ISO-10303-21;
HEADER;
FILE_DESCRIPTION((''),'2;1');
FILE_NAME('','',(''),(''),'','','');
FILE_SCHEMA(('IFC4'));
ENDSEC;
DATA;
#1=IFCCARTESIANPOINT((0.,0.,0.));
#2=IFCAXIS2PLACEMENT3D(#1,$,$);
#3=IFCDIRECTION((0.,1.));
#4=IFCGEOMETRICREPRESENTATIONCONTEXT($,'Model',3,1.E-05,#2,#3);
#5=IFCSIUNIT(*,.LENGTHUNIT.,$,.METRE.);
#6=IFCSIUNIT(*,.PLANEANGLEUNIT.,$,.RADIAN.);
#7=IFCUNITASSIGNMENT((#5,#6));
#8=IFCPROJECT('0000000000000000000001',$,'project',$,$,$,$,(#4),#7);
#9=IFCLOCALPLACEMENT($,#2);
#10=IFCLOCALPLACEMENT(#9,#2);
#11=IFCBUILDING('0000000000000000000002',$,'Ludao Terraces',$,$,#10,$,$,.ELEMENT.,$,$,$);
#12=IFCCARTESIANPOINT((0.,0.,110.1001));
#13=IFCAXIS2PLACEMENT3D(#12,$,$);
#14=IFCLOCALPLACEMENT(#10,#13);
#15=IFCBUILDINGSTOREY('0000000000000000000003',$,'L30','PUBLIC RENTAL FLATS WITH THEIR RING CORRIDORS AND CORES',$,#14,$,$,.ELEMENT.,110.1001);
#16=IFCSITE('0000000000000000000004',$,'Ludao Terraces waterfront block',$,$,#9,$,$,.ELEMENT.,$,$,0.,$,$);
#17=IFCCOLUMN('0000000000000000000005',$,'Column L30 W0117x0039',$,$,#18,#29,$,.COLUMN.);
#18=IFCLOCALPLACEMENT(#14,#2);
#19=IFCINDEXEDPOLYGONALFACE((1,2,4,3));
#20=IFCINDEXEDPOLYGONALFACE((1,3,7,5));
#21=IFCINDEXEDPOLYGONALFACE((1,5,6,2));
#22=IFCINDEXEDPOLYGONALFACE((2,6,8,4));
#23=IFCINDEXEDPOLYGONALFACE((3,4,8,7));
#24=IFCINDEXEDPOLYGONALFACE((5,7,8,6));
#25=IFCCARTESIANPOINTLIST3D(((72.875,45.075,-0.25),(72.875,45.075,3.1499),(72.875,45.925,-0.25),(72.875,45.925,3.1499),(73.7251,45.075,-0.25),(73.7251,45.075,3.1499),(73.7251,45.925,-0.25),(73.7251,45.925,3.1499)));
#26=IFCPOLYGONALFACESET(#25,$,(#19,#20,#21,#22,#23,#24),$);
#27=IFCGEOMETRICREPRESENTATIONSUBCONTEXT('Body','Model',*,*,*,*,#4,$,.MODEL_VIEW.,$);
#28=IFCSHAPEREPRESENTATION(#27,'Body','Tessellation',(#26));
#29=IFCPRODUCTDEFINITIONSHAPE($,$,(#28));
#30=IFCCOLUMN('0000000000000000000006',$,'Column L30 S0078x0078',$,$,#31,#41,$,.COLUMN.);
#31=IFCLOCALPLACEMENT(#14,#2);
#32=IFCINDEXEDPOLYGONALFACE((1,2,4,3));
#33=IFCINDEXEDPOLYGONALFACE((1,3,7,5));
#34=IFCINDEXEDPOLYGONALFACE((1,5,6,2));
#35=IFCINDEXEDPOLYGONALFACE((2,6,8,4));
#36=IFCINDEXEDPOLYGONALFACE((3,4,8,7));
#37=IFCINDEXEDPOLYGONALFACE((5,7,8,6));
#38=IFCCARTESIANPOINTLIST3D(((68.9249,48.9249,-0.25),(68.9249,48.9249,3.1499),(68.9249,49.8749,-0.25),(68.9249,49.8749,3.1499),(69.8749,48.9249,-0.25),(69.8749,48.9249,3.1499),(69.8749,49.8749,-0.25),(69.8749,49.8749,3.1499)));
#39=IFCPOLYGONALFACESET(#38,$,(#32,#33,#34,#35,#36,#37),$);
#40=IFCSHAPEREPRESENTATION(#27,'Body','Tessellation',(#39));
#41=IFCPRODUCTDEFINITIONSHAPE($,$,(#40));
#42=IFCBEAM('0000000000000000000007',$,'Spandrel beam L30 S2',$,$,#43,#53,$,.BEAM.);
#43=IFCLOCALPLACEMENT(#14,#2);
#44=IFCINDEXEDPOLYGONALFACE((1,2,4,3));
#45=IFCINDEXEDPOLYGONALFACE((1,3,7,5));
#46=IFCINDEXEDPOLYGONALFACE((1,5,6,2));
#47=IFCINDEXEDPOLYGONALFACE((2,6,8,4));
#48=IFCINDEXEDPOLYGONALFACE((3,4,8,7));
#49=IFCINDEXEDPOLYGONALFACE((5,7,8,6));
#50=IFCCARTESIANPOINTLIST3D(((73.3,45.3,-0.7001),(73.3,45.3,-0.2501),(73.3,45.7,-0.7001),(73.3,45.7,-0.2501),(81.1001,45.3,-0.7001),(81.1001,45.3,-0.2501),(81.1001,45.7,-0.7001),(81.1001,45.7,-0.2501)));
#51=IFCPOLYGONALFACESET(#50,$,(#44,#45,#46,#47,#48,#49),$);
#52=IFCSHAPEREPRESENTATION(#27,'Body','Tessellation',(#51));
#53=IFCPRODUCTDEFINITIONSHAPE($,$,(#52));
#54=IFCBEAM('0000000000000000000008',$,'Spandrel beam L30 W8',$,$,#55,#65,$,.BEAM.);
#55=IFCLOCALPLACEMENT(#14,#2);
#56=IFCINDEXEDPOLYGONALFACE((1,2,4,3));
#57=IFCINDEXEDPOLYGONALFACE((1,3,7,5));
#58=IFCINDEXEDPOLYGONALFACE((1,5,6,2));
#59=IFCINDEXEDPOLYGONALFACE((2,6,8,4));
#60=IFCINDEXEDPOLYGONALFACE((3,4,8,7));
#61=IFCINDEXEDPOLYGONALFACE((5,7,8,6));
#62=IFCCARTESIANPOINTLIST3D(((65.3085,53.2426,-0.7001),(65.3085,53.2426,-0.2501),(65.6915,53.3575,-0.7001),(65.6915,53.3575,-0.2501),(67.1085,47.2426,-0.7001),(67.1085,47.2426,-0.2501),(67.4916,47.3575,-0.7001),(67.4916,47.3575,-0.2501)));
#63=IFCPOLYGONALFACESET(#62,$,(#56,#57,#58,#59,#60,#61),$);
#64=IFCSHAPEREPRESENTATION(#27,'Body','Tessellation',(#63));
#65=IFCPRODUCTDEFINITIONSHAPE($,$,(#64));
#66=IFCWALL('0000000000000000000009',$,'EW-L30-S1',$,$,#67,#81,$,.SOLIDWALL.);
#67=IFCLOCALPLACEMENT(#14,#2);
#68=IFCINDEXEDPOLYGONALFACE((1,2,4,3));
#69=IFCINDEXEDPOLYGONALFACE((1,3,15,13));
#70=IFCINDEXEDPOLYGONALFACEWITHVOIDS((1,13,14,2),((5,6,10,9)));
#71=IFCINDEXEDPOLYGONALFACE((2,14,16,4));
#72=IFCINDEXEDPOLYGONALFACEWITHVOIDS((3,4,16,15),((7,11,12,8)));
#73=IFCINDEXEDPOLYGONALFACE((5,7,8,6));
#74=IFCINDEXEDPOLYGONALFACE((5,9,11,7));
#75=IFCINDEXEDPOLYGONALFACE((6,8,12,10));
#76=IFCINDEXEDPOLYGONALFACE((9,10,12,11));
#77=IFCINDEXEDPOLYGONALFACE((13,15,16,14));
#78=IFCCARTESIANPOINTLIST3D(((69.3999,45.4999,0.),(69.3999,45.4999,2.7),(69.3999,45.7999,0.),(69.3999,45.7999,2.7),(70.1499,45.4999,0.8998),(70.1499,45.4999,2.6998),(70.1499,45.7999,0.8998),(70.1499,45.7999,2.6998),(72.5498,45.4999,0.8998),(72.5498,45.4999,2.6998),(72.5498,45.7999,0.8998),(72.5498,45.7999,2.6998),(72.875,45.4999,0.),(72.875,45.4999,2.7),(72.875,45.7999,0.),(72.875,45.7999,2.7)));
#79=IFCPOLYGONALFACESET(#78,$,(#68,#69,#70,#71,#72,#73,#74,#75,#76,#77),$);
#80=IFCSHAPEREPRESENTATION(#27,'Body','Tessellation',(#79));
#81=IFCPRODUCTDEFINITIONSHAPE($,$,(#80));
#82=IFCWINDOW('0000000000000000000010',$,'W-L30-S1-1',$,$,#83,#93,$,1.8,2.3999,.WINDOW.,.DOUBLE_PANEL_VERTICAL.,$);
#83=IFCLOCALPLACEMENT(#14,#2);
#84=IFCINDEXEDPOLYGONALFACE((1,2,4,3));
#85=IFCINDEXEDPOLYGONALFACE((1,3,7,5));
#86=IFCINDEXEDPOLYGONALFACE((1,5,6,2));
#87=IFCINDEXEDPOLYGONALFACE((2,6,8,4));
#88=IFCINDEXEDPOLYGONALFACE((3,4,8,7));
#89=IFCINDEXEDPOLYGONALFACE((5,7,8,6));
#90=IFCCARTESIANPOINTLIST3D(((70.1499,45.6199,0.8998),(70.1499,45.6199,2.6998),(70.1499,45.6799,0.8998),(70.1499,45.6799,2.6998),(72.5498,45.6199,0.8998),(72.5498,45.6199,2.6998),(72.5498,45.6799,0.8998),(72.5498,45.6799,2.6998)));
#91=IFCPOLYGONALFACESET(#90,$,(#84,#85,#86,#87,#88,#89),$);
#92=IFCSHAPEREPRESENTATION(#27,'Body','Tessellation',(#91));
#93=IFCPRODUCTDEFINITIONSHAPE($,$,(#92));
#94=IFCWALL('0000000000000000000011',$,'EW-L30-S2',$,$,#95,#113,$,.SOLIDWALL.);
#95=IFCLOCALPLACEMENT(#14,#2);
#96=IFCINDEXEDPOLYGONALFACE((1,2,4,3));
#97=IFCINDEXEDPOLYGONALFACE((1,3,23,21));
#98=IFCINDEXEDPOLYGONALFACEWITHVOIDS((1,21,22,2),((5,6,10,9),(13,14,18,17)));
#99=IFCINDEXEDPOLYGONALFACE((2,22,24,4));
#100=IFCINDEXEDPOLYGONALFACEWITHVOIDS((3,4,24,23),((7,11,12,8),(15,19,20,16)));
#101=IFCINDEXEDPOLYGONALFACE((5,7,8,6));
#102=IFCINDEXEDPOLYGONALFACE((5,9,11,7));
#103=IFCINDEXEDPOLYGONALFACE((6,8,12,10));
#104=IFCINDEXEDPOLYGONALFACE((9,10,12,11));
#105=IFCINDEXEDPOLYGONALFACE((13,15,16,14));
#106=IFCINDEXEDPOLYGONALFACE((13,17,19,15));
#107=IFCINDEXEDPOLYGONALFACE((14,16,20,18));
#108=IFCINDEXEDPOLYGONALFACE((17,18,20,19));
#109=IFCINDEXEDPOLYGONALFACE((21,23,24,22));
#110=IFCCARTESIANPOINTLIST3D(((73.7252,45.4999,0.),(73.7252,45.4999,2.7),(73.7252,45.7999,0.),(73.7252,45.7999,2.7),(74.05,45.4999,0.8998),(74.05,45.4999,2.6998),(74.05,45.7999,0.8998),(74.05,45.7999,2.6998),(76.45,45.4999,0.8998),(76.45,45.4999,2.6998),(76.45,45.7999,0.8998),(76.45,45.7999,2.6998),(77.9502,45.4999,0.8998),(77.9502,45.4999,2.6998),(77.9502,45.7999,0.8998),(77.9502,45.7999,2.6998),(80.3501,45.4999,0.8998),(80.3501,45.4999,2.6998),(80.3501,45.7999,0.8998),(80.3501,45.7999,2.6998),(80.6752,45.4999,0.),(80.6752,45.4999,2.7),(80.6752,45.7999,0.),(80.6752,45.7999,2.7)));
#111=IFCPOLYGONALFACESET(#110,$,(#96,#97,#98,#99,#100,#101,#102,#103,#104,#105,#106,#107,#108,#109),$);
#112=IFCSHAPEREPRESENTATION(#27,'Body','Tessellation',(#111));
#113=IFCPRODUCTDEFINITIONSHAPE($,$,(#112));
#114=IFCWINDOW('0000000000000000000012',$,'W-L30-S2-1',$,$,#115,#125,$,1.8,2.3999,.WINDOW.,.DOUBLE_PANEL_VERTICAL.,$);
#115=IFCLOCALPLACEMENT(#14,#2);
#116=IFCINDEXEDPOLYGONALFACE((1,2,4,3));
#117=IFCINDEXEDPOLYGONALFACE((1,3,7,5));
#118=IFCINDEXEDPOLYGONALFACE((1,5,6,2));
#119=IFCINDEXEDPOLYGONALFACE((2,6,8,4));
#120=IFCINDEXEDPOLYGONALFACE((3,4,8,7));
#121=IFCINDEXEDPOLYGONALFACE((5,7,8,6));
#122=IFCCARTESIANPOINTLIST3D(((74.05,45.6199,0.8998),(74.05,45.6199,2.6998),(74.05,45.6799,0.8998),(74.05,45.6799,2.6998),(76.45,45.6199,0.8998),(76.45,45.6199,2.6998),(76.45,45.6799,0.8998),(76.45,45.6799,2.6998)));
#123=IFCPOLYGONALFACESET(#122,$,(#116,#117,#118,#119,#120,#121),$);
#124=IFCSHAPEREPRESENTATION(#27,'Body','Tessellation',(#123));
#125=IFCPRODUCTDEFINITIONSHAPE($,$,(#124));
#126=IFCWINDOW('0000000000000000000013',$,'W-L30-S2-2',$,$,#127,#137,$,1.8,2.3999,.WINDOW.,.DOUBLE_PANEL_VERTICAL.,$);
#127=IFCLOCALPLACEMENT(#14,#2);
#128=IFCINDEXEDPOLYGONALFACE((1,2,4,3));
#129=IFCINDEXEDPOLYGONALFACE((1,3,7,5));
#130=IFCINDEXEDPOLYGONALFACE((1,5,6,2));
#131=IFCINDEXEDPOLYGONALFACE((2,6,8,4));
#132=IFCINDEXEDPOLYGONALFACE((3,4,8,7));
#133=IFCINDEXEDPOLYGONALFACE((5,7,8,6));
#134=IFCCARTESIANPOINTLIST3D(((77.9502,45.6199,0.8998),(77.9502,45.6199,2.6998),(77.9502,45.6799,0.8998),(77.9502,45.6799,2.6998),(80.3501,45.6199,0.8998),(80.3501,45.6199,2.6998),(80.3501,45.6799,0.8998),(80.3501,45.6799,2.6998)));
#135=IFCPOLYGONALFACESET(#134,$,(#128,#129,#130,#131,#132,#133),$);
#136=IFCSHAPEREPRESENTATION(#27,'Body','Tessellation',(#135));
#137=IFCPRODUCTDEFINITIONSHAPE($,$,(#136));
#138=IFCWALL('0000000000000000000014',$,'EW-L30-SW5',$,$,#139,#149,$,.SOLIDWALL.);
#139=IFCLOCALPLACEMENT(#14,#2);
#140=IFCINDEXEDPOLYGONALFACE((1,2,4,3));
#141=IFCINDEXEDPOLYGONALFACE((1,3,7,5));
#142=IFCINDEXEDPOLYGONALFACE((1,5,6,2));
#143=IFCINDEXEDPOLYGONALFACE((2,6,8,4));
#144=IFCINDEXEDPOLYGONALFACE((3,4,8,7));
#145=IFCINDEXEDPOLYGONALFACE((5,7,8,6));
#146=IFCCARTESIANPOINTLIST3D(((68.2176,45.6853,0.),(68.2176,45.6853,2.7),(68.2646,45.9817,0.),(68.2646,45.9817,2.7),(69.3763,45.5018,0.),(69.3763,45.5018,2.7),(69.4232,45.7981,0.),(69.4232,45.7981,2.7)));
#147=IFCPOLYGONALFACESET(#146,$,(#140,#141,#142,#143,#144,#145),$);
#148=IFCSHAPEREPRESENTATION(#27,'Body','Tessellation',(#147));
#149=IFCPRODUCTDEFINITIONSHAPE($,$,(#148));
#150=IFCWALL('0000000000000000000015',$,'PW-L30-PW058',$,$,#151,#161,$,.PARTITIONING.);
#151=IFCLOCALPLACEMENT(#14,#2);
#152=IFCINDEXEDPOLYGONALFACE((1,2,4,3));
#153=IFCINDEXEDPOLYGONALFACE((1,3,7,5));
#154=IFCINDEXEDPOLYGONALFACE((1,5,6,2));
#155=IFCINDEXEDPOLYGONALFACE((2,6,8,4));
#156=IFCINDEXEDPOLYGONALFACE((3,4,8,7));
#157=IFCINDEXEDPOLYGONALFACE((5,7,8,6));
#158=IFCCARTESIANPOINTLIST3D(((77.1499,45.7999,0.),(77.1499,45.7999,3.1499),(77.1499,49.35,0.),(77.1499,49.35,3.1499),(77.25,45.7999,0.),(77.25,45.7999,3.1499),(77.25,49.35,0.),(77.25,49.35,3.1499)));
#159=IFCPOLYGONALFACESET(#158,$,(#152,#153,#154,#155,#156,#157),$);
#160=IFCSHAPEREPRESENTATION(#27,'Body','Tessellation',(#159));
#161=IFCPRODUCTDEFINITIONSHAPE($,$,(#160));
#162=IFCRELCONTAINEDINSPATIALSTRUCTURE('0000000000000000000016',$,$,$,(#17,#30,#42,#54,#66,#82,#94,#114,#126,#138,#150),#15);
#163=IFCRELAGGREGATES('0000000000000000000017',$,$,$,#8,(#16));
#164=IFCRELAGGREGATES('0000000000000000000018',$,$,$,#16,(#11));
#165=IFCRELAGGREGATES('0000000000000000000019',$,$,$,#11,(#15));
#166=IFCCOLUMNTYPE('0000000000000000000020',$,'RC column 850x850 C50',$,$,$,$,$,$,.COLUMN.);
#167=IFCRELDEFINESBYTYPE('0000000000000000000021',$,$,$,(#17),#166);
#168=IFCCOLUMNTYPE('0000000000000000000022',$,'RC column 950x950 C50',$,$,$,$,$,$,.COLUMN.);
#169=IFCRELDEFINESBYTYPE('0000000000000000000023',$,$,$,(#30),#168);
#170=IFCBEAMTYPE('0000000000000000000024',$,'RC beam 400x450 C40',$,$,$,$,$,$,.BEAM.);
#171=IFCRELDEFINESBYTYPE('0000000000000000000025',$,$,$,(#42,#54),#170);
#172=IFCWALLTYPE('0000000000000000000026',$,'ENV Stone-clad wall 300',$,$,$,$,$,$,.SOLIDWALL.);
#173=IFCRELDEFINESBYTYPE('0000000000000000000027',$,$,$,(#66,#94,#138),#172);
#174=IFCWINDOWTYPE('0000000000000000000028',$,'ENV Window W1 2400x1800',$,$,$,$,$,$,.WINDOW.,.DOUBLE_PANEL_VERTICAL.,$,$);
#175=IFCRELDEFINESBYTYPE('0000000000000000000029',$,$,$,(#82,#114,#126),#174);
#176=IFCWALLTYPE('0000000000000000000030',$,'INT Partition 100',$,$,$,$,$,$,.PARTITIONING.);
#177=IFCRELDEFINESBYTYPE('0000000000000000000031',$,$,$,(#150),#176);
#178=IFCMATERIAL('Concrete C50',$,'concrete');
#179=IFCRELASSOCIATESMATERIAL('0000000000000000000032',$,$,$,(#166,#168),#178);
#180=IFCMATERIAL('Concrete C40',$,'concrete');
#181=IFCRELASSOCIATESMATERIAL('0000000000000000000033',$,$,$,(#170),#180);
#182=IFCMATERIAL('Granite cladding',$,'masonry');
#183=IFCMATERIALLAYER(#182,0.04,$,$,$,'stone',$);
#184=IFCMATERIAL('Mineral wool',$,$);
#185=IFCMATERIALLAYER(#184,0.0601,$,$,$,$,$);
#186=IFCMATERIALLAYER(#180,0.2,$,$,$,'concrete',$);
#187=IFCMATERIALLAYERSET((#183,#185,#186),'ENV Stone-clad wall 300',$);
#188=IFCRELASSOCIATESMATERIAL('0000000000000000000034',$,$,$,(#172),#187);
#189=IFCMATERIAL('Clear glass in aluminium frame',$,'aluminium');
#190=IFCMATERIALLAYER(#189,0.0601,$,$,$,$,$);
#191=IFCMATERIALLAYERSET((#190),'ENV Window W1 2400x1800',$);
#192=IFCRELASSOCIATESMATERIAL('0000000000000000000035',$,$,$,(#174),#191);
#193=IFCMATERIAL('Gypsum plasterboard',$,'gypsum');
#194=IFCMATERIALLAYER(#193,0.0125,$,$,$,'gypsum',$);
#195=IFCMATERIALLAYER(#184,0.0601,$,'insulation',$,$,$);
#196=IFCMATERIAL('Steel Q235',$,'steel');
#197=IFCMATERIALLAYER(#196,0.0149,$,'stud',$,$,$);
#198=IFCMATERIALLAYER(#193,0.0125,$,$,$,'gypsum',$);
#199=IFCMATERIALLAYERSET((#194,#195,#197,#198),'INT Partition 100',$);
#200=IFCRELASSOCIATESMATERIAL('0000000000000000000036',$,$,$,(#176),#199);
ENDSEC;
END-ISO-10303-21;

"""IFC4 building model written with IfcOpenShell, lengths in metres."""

from ifc_helpers import new_model, si_unit, direction, frame, frame_2d, origin, origin_2d, place, context, subcontext, project, spatial, rectangle, extrude, material, layer, layer_set, material_profile, profile_set, type_object, element, fill, save


model = new_model("IFC4")

# Units and contexts
model_context = context("Model", 3, precision=1e-05, world=origin(), true_north=direction((0.0, 1.0)))
body_context = subcontext(model_context, "Body", "Model", "MODEL_VIEW")
ifc_project = project(units=[si_unit("LENGTHUNIT", "METRE"), si_unit("PLANEANGLEUNIT", "RADIAN")], contexts=[model_context])

# Site, building, storey
site_placement = place(None, origin())
site = spatial("IfcSite", under=ifc_project, at=site_placement, Name="Ludao Terraces waterfront block", CompositionType="ELEMENT", RefElevation=0.0)
building_placement = place(site_placement, origin())
building = spatial("IfcBuilding", under=site, at=building_placement, Name="Ludao Terraces", CompositionType="ELEMENT")
storey_placement = place(building_placement, frame((0.0, 0.0, 110.1001)))
storey = spatial("IfcBuildingStorey", under=building, at=storey_placement, Name="L30", Description="PUBLIC RENTAL FLATS WITH THEIR RING CORRIDORS AND CORES", CompositionType="ELEMENT", Elevation=110.1001)

# Columns
ifc_material_1 = material(Name="Concrete C50", Category="concrete")
ifc_material_profile_1 = material_profile(ifc_material_1, rectangle(XDim=0.8501, YDim=0.8501, at=origin_2d()), Name="850 X 850")
ifc_profile_set_1 = profile_set([ifc_material_profile_1], Name="Concrete C50")
column_type_1 = type_object("IfcColumnType", Name="RC column 850x850 C50", PredefinedType="COLUMN", material=ifc_profile_set_1)
column_1_placement = place(storey_placement, frame((73.3, 45.5, -0.25), z_axis=(0.0, 0.0, 1.0), x_axis=(1.0, 0.0, 0.0)))
element("IfcColumn", 1, at=column_1_placement, inside=storey, type_object=column_type_1, Name="Column L30 W0117x0039", PredefinedType="COLUMN", context=body_context, shape_type="SweptSolid", body=[
    extrude(rectangle(XDim=0.8501, YDim=0.8501, at=origin_2d()), origin(), (0.0, 0.0, 1.0), 3.3999),
])
ifc_material_profile_2 = material_profile(ifc_material_1, rectangle(XDim=0.95, YDim=0.95, at=origin_2d()), Name="950 X 950")
ifc_profile_set_2 = profile_set([ifc_material_profile_2], Name="Concrete C50")
column_type_2 = type_object("IfcColumnType", Name="RC column 950x950 C50", PredefinedType="COLUMN", material=ifc_profile_set_2)
column_2_placement = place(storey_placement, frame((69.3999, 49.3999, -0.25), z_axis=(0.0, 0.0, 1.0), x_axis=(1.0, 0.0, 0.0)))
element("IfcColumn", 2, at=column_2_placement, inside=storey, type_object=column_type_2, Name="Column L30 S0078x0078", PredefinedType="COLUMN", context=body_context, shape_type="SweptSolid", body=[
    extrude(rectangle(XDim=0.95, YDim=0.95, at=origin_2d()), origin(), (0.0, 0.0, 1.0), 3.3999),
])

# Beams
ifc_material_2 = material(Name="Concrete C40", Category="concrete")
ifc_material_profile_3 = material_profile(ifc_material_2, rectangle(XDim=0.3999, YDim=0.45, at=origin_2d()), Name="400 X 450")
ifc_profile_set_3 = profile_set([ifc_material_profile_3], Name="Concrete C40")
beam_type = type_object("IfcBeamType", Name="RC beam 400x450 C40", PredefinedType="BEAM", material=ifc_profile_set_3)
beam_1_placement = place(storey_placement, frame((73.3, 45.5, -0.4751), z_axis=(1.0, 0.0, 0.0), x_axis=(0.0, 1.0, 0.0)))
element("IfcBeam", 3, at=beam_1_placement, inside=storey, type_object=beam_type, Name="Spandrel beam L30 S2", PredefinedType="BEAM", context=body_context, shape_type="SweptSolid", body=[
    extrude(rectangle(XDim=0.3999, YDim=0.45, at=origin_2d()), origin(), (0.0, 0.0, 1.0), 7.8),
])
beam_2_placement = place(storey_placement, frame((67.3, 47.3, -0.4751), z_axis=(-0.287355, 0.957824, 0.0), x_axis=(-0.957824, -0.287355, 0.0)))
element("IfcBeam", 4, at=beam_2_placement, inside=storey, type_object=beam_type, Name="Spandrel beam L30 W8", PredefinedType="BEAM", context=body_context, shape_type="SweptSolid", body=[
    extrude(rectangle(XDim=0.3999, YDim=0.45, at=origin_2d()), origin(), (0.0, 0.0, 1.0), 6.2642),
])

# Wall, opening, window
ifc_material_3 = material(Name="Granite cladding", Category="masonry")
ifc_layer_1 = layer(ifc_material_3, 0.04, Category="stone")
ifc_material_4 = material(Name="Mineral wool")
ifc_layer_2 = layer(ifc_material_4, 0.0601)
ifc_layer_3 = layer(ifc_material_2, 0.2, Category="concrete")
ifc_layer_set_1 = layer_set([ifc_layer_1, ifc_layer_2, ifc_layer_3], Name="ENV Stone-clad wall 300")
wall_type_1 = type_object("IfcWallType", Name="ENV Stone-clad wall 300", PredefinedType="SOLIDWALL", material=ifc_layer_set_1)
wall_1_placement = place(storey_placement, frame((69.3999, 45.6499, 0.0), z_axis=(0.0, 0.0, 1.0), x_axis=(1.0, 0.0, 0.0)))
wall_1 = element("IfcWall", 5, at=wall_1_placement, inside=storey, type_object=wall_type_1, Name="EW-L30-S1", PredefinedType="SOLIDWALL", context=body_context, shape_type="SweptSolid", body=[
    extrude(rectangle(XDim=3.4751, YDim=0.3, at=frame_2d((1.7375, 0.0))), origin(), (0.0, 0.0, 1.0), 2.7),
])
opening_1_placement = place(wall_1_placement, frame((0.75, 0.0, 0.8999)))
opening_1 = element("IfcOpeningElement", 6, at=opening_1_placement, cuts=wall_1, PredefinedType="OPENING", context=body_context, shape_type="SweptSolid", body=[
    extrude(rectangle(XDim=2.3999, YDim=1.8, at=frame_2d((1.2, 0.8999))), frame((0.0, 0.1602, 0.0), z_axis=(0.0, -1.0, 0.0), x_axis=(1.0, 0.0, 0.0)), (0.0, 0.0, 1.0), 0.3201),
])
ifc_material_5 = material(Name="Clear glass in aluminium frame", Category="aluminium")
ifc_layer_4 = layer(ifc_material_5, 0.0601)
ifc_layer_set_2 = layer_set([ifc_layer_4], Name="ENV Window W1 2400x1800")
window_type = type_object("IfcWindowType", Name="ENV Window W1 2400x1800", PartitioningType="DOUBLE_PANEL_VERTICAL", PredefinedType="WINDOW", material=ifc_layer_set_2)
window_1_placement = place(opening_1_placement, origin())
window_1 = element("IfcWindow", 7, at=window_1_placement, inside=storey, type_object=window_type, Name="W-L30-S1-1", OverallHeight=1.8, OverallWidth=2.3999, PartitioningType="DOUBLE_PANEL_VERTICAL", PredefinedType="WINDOW", context=body_context, shape_type="SweptSolid", body=[
    extrude(rectangle(XDim=2.3999, YDim=1.8, at=frame_2d((1.2, 0.8999))), frame((0.0, 0.03, 0.0), z_axis=(0.0, -1.0, 0.0), x_axis=(1.0, 0.0, 0.0)), (0.0, 0.0, 1.0), 0.0601),
])
fill(opening_1, window_1)

# Wall, openings, windows
wall_2_placement = place(storey_placement, frame((73.7251, 45.6499, 0.0), z_axis=(0.0, 0.0, 1.0), x_axis=(1.0, 0.0, 0.0)))
wall_2 = element("IfcWall", 8, at=wall_2_placement, inside=storey, type_object=wall_type_1, Name="EW-L30-S2", PredefinedType="SOLIDWALL", context=body_context, shape_type="SweptSolid", body=[
    extrude(rectangle(XDim=6.95, YDim=0.3, at=frame_2d((3.4751, 0.0))), origin(), (0.0, 0.0, 1.0), 2.7),
])
opening_2_placement = place(wall_2_placement, frame((0.325, 0.0, 0.8999)))
opening_2 = element("IfcOpeningElement", 9, at=opening_2_placement, cuts=wall_2, PredefinedType="OPENING", context=body_context, shape_type="SweptSolid", body=[
    extrude(rectangle(XDim=2.3999, YDim=1.8, at=frame_2d((1.2, 0.8999))), frame((0.0, 0.1602, 0.0), z_axis=(0.0, -1.0, 0.0), x_axis=(1.0, 0.0, 0.0)), (0.0, 0.0, 1.0), 0.3201),
])
opening_3_placement = place(wall_2_placement, frame((4.2251, 0.0, 0.8999)))
opening_3 = element("IfcOpeningElement", 10, at=opening_3_placement, cuts=wall_2, PredefinedType="OPENING", context=body_context, shape_type="SweptSolid", body=[
    extrude(rectangle(XDim=2.3999, YDim=1.8, at=frame_2d((1.2, 0.8999))), frame((0.0, 0.1602, 0.0), z_axis=(0.0, -1.0, 0.0), x_axis=(1.0, 0.0, 0.0)), (0.0, 0.0, 1.0), 0.3201),
])
window_2_placement = place(opening_2_placement, origin())
window_2 = element("IfcWindow", 11, at=window_2_placement, inside=storey, type_object=window_type, Name="W-L30-S2-1", OverallHeight=1.8, OverallWidth=2.3999, PartitioningType="DOUBLE_PANEL_VERTICAL", PredefinedType="WINDOW", context=body_context, shape_type="SweptSolid", body=[
    extrude(rectangle(XDim=2.3999, YDim=1.8, at=frame_2d((1.2, 0.8999))), frame((0.0, 0.03, 0.0), z_axis=(0.0, -1.0, 0.0), x_axis=(1.0, 0.0, 0.0)), (0.0, 0.0, 1.0), 0.0601),
])
fill(opening_2, window_2)
window_3_placement = place(opening_3_placement, origin())
window_3 = element("IfcWindow", 12, at=window_3_placement, inside=storey, type_object=window_type, Name="W-L30-S2-2", OverallHeight=1.8, OverallWidth=2.3999, PartitioningType="DOUBLE_PANEL_VERTICAL", PredefinedType="WINDOW", context=body_context, shape_type="SweptSolid", body=[
    extrude(rectangle(XDim=2.3999, YDim=1.8, at=frame_2d((1.2, 0.8999))), frame((0.0, 0.03, 0.0), z_axis=(0.0, -1.0, 0.0), x_axis=(1.0, 0.0, 0.0)), (0.0, 0.0, 1.0), 0.0601),
])
fill(opening_3, window_3)

# Wall
wall_3_placement = place(storey_placement, frame((68.2412, 45.8335, 0.0), z_axis=(0.0, 0.0, 1.0), x_axis=(0.987678, -0.156497, 0.0)))
element("IfcWall", 13, at=wall_3_placement, inside=storey, type_object=wall_type_1, Name="EW-L30-SW5", PredefinedType="SOLIDWALL", context=body_context, shape_type="SweptSolid", body=[
    extrude(rectangle(XDim=1.1731, YDim=0.3, at=frame_2d((0.5864, 0.0))), origin(), (0.0, 0.0, 1.0), 2.7),
])

# Shared definitions
ifc_material_6 = material(Name="Gypsum plasterboard", Category="gypsum")
ifc_layer_5 = layer(ifc_material_6, 0.0125, Category="gypsum")
ifc_layer_6 = layer(ifc_material_4, 0.0601, Name="insulation")
ifc_material_7 = material(Name="Steel Q235", Category="steel")
ifc_layer_7 = layer(ifc_material_7, 0.0149, Name="stud")
ifc_layer_8 = layer(ifc_material_6, 0.0125, Category="gypsum")
ifc_layer_set_3 = layer_set([ifc_layer_5, ifc_layer_6, ifc_layer_7, ifc_layer_8], Name="INT Partition 100")
wall_type_2 = type_object("IfcWallType", Name="INT Partition 100", PredefinedType="PARTITIONING", material=ifc_layer_set_3)

# Wall
wall_4_placement = place(storey_placement, frame((77.2, 45.8, 0.0), z_axis=(0.0, 0.0, 1.0), x_axis=(0.0, 1.0, 0.0)))
element("IfcWall", 14, at=wall_4_placement, inside=storey, type_object=wall_type_2, Name="PW-L30-PW058", PredefinedType="PARTITIONING", context=body_context, shape_type="SweptSolid", body=[
    extrude(rectangle(XDim=3.55, YDim=0.1001, at=frame_2d((1.7749, 0.0))), origin(), (0.0, 0.0, 1.0), 3.1499),
])

save(model, "model.ifc")
